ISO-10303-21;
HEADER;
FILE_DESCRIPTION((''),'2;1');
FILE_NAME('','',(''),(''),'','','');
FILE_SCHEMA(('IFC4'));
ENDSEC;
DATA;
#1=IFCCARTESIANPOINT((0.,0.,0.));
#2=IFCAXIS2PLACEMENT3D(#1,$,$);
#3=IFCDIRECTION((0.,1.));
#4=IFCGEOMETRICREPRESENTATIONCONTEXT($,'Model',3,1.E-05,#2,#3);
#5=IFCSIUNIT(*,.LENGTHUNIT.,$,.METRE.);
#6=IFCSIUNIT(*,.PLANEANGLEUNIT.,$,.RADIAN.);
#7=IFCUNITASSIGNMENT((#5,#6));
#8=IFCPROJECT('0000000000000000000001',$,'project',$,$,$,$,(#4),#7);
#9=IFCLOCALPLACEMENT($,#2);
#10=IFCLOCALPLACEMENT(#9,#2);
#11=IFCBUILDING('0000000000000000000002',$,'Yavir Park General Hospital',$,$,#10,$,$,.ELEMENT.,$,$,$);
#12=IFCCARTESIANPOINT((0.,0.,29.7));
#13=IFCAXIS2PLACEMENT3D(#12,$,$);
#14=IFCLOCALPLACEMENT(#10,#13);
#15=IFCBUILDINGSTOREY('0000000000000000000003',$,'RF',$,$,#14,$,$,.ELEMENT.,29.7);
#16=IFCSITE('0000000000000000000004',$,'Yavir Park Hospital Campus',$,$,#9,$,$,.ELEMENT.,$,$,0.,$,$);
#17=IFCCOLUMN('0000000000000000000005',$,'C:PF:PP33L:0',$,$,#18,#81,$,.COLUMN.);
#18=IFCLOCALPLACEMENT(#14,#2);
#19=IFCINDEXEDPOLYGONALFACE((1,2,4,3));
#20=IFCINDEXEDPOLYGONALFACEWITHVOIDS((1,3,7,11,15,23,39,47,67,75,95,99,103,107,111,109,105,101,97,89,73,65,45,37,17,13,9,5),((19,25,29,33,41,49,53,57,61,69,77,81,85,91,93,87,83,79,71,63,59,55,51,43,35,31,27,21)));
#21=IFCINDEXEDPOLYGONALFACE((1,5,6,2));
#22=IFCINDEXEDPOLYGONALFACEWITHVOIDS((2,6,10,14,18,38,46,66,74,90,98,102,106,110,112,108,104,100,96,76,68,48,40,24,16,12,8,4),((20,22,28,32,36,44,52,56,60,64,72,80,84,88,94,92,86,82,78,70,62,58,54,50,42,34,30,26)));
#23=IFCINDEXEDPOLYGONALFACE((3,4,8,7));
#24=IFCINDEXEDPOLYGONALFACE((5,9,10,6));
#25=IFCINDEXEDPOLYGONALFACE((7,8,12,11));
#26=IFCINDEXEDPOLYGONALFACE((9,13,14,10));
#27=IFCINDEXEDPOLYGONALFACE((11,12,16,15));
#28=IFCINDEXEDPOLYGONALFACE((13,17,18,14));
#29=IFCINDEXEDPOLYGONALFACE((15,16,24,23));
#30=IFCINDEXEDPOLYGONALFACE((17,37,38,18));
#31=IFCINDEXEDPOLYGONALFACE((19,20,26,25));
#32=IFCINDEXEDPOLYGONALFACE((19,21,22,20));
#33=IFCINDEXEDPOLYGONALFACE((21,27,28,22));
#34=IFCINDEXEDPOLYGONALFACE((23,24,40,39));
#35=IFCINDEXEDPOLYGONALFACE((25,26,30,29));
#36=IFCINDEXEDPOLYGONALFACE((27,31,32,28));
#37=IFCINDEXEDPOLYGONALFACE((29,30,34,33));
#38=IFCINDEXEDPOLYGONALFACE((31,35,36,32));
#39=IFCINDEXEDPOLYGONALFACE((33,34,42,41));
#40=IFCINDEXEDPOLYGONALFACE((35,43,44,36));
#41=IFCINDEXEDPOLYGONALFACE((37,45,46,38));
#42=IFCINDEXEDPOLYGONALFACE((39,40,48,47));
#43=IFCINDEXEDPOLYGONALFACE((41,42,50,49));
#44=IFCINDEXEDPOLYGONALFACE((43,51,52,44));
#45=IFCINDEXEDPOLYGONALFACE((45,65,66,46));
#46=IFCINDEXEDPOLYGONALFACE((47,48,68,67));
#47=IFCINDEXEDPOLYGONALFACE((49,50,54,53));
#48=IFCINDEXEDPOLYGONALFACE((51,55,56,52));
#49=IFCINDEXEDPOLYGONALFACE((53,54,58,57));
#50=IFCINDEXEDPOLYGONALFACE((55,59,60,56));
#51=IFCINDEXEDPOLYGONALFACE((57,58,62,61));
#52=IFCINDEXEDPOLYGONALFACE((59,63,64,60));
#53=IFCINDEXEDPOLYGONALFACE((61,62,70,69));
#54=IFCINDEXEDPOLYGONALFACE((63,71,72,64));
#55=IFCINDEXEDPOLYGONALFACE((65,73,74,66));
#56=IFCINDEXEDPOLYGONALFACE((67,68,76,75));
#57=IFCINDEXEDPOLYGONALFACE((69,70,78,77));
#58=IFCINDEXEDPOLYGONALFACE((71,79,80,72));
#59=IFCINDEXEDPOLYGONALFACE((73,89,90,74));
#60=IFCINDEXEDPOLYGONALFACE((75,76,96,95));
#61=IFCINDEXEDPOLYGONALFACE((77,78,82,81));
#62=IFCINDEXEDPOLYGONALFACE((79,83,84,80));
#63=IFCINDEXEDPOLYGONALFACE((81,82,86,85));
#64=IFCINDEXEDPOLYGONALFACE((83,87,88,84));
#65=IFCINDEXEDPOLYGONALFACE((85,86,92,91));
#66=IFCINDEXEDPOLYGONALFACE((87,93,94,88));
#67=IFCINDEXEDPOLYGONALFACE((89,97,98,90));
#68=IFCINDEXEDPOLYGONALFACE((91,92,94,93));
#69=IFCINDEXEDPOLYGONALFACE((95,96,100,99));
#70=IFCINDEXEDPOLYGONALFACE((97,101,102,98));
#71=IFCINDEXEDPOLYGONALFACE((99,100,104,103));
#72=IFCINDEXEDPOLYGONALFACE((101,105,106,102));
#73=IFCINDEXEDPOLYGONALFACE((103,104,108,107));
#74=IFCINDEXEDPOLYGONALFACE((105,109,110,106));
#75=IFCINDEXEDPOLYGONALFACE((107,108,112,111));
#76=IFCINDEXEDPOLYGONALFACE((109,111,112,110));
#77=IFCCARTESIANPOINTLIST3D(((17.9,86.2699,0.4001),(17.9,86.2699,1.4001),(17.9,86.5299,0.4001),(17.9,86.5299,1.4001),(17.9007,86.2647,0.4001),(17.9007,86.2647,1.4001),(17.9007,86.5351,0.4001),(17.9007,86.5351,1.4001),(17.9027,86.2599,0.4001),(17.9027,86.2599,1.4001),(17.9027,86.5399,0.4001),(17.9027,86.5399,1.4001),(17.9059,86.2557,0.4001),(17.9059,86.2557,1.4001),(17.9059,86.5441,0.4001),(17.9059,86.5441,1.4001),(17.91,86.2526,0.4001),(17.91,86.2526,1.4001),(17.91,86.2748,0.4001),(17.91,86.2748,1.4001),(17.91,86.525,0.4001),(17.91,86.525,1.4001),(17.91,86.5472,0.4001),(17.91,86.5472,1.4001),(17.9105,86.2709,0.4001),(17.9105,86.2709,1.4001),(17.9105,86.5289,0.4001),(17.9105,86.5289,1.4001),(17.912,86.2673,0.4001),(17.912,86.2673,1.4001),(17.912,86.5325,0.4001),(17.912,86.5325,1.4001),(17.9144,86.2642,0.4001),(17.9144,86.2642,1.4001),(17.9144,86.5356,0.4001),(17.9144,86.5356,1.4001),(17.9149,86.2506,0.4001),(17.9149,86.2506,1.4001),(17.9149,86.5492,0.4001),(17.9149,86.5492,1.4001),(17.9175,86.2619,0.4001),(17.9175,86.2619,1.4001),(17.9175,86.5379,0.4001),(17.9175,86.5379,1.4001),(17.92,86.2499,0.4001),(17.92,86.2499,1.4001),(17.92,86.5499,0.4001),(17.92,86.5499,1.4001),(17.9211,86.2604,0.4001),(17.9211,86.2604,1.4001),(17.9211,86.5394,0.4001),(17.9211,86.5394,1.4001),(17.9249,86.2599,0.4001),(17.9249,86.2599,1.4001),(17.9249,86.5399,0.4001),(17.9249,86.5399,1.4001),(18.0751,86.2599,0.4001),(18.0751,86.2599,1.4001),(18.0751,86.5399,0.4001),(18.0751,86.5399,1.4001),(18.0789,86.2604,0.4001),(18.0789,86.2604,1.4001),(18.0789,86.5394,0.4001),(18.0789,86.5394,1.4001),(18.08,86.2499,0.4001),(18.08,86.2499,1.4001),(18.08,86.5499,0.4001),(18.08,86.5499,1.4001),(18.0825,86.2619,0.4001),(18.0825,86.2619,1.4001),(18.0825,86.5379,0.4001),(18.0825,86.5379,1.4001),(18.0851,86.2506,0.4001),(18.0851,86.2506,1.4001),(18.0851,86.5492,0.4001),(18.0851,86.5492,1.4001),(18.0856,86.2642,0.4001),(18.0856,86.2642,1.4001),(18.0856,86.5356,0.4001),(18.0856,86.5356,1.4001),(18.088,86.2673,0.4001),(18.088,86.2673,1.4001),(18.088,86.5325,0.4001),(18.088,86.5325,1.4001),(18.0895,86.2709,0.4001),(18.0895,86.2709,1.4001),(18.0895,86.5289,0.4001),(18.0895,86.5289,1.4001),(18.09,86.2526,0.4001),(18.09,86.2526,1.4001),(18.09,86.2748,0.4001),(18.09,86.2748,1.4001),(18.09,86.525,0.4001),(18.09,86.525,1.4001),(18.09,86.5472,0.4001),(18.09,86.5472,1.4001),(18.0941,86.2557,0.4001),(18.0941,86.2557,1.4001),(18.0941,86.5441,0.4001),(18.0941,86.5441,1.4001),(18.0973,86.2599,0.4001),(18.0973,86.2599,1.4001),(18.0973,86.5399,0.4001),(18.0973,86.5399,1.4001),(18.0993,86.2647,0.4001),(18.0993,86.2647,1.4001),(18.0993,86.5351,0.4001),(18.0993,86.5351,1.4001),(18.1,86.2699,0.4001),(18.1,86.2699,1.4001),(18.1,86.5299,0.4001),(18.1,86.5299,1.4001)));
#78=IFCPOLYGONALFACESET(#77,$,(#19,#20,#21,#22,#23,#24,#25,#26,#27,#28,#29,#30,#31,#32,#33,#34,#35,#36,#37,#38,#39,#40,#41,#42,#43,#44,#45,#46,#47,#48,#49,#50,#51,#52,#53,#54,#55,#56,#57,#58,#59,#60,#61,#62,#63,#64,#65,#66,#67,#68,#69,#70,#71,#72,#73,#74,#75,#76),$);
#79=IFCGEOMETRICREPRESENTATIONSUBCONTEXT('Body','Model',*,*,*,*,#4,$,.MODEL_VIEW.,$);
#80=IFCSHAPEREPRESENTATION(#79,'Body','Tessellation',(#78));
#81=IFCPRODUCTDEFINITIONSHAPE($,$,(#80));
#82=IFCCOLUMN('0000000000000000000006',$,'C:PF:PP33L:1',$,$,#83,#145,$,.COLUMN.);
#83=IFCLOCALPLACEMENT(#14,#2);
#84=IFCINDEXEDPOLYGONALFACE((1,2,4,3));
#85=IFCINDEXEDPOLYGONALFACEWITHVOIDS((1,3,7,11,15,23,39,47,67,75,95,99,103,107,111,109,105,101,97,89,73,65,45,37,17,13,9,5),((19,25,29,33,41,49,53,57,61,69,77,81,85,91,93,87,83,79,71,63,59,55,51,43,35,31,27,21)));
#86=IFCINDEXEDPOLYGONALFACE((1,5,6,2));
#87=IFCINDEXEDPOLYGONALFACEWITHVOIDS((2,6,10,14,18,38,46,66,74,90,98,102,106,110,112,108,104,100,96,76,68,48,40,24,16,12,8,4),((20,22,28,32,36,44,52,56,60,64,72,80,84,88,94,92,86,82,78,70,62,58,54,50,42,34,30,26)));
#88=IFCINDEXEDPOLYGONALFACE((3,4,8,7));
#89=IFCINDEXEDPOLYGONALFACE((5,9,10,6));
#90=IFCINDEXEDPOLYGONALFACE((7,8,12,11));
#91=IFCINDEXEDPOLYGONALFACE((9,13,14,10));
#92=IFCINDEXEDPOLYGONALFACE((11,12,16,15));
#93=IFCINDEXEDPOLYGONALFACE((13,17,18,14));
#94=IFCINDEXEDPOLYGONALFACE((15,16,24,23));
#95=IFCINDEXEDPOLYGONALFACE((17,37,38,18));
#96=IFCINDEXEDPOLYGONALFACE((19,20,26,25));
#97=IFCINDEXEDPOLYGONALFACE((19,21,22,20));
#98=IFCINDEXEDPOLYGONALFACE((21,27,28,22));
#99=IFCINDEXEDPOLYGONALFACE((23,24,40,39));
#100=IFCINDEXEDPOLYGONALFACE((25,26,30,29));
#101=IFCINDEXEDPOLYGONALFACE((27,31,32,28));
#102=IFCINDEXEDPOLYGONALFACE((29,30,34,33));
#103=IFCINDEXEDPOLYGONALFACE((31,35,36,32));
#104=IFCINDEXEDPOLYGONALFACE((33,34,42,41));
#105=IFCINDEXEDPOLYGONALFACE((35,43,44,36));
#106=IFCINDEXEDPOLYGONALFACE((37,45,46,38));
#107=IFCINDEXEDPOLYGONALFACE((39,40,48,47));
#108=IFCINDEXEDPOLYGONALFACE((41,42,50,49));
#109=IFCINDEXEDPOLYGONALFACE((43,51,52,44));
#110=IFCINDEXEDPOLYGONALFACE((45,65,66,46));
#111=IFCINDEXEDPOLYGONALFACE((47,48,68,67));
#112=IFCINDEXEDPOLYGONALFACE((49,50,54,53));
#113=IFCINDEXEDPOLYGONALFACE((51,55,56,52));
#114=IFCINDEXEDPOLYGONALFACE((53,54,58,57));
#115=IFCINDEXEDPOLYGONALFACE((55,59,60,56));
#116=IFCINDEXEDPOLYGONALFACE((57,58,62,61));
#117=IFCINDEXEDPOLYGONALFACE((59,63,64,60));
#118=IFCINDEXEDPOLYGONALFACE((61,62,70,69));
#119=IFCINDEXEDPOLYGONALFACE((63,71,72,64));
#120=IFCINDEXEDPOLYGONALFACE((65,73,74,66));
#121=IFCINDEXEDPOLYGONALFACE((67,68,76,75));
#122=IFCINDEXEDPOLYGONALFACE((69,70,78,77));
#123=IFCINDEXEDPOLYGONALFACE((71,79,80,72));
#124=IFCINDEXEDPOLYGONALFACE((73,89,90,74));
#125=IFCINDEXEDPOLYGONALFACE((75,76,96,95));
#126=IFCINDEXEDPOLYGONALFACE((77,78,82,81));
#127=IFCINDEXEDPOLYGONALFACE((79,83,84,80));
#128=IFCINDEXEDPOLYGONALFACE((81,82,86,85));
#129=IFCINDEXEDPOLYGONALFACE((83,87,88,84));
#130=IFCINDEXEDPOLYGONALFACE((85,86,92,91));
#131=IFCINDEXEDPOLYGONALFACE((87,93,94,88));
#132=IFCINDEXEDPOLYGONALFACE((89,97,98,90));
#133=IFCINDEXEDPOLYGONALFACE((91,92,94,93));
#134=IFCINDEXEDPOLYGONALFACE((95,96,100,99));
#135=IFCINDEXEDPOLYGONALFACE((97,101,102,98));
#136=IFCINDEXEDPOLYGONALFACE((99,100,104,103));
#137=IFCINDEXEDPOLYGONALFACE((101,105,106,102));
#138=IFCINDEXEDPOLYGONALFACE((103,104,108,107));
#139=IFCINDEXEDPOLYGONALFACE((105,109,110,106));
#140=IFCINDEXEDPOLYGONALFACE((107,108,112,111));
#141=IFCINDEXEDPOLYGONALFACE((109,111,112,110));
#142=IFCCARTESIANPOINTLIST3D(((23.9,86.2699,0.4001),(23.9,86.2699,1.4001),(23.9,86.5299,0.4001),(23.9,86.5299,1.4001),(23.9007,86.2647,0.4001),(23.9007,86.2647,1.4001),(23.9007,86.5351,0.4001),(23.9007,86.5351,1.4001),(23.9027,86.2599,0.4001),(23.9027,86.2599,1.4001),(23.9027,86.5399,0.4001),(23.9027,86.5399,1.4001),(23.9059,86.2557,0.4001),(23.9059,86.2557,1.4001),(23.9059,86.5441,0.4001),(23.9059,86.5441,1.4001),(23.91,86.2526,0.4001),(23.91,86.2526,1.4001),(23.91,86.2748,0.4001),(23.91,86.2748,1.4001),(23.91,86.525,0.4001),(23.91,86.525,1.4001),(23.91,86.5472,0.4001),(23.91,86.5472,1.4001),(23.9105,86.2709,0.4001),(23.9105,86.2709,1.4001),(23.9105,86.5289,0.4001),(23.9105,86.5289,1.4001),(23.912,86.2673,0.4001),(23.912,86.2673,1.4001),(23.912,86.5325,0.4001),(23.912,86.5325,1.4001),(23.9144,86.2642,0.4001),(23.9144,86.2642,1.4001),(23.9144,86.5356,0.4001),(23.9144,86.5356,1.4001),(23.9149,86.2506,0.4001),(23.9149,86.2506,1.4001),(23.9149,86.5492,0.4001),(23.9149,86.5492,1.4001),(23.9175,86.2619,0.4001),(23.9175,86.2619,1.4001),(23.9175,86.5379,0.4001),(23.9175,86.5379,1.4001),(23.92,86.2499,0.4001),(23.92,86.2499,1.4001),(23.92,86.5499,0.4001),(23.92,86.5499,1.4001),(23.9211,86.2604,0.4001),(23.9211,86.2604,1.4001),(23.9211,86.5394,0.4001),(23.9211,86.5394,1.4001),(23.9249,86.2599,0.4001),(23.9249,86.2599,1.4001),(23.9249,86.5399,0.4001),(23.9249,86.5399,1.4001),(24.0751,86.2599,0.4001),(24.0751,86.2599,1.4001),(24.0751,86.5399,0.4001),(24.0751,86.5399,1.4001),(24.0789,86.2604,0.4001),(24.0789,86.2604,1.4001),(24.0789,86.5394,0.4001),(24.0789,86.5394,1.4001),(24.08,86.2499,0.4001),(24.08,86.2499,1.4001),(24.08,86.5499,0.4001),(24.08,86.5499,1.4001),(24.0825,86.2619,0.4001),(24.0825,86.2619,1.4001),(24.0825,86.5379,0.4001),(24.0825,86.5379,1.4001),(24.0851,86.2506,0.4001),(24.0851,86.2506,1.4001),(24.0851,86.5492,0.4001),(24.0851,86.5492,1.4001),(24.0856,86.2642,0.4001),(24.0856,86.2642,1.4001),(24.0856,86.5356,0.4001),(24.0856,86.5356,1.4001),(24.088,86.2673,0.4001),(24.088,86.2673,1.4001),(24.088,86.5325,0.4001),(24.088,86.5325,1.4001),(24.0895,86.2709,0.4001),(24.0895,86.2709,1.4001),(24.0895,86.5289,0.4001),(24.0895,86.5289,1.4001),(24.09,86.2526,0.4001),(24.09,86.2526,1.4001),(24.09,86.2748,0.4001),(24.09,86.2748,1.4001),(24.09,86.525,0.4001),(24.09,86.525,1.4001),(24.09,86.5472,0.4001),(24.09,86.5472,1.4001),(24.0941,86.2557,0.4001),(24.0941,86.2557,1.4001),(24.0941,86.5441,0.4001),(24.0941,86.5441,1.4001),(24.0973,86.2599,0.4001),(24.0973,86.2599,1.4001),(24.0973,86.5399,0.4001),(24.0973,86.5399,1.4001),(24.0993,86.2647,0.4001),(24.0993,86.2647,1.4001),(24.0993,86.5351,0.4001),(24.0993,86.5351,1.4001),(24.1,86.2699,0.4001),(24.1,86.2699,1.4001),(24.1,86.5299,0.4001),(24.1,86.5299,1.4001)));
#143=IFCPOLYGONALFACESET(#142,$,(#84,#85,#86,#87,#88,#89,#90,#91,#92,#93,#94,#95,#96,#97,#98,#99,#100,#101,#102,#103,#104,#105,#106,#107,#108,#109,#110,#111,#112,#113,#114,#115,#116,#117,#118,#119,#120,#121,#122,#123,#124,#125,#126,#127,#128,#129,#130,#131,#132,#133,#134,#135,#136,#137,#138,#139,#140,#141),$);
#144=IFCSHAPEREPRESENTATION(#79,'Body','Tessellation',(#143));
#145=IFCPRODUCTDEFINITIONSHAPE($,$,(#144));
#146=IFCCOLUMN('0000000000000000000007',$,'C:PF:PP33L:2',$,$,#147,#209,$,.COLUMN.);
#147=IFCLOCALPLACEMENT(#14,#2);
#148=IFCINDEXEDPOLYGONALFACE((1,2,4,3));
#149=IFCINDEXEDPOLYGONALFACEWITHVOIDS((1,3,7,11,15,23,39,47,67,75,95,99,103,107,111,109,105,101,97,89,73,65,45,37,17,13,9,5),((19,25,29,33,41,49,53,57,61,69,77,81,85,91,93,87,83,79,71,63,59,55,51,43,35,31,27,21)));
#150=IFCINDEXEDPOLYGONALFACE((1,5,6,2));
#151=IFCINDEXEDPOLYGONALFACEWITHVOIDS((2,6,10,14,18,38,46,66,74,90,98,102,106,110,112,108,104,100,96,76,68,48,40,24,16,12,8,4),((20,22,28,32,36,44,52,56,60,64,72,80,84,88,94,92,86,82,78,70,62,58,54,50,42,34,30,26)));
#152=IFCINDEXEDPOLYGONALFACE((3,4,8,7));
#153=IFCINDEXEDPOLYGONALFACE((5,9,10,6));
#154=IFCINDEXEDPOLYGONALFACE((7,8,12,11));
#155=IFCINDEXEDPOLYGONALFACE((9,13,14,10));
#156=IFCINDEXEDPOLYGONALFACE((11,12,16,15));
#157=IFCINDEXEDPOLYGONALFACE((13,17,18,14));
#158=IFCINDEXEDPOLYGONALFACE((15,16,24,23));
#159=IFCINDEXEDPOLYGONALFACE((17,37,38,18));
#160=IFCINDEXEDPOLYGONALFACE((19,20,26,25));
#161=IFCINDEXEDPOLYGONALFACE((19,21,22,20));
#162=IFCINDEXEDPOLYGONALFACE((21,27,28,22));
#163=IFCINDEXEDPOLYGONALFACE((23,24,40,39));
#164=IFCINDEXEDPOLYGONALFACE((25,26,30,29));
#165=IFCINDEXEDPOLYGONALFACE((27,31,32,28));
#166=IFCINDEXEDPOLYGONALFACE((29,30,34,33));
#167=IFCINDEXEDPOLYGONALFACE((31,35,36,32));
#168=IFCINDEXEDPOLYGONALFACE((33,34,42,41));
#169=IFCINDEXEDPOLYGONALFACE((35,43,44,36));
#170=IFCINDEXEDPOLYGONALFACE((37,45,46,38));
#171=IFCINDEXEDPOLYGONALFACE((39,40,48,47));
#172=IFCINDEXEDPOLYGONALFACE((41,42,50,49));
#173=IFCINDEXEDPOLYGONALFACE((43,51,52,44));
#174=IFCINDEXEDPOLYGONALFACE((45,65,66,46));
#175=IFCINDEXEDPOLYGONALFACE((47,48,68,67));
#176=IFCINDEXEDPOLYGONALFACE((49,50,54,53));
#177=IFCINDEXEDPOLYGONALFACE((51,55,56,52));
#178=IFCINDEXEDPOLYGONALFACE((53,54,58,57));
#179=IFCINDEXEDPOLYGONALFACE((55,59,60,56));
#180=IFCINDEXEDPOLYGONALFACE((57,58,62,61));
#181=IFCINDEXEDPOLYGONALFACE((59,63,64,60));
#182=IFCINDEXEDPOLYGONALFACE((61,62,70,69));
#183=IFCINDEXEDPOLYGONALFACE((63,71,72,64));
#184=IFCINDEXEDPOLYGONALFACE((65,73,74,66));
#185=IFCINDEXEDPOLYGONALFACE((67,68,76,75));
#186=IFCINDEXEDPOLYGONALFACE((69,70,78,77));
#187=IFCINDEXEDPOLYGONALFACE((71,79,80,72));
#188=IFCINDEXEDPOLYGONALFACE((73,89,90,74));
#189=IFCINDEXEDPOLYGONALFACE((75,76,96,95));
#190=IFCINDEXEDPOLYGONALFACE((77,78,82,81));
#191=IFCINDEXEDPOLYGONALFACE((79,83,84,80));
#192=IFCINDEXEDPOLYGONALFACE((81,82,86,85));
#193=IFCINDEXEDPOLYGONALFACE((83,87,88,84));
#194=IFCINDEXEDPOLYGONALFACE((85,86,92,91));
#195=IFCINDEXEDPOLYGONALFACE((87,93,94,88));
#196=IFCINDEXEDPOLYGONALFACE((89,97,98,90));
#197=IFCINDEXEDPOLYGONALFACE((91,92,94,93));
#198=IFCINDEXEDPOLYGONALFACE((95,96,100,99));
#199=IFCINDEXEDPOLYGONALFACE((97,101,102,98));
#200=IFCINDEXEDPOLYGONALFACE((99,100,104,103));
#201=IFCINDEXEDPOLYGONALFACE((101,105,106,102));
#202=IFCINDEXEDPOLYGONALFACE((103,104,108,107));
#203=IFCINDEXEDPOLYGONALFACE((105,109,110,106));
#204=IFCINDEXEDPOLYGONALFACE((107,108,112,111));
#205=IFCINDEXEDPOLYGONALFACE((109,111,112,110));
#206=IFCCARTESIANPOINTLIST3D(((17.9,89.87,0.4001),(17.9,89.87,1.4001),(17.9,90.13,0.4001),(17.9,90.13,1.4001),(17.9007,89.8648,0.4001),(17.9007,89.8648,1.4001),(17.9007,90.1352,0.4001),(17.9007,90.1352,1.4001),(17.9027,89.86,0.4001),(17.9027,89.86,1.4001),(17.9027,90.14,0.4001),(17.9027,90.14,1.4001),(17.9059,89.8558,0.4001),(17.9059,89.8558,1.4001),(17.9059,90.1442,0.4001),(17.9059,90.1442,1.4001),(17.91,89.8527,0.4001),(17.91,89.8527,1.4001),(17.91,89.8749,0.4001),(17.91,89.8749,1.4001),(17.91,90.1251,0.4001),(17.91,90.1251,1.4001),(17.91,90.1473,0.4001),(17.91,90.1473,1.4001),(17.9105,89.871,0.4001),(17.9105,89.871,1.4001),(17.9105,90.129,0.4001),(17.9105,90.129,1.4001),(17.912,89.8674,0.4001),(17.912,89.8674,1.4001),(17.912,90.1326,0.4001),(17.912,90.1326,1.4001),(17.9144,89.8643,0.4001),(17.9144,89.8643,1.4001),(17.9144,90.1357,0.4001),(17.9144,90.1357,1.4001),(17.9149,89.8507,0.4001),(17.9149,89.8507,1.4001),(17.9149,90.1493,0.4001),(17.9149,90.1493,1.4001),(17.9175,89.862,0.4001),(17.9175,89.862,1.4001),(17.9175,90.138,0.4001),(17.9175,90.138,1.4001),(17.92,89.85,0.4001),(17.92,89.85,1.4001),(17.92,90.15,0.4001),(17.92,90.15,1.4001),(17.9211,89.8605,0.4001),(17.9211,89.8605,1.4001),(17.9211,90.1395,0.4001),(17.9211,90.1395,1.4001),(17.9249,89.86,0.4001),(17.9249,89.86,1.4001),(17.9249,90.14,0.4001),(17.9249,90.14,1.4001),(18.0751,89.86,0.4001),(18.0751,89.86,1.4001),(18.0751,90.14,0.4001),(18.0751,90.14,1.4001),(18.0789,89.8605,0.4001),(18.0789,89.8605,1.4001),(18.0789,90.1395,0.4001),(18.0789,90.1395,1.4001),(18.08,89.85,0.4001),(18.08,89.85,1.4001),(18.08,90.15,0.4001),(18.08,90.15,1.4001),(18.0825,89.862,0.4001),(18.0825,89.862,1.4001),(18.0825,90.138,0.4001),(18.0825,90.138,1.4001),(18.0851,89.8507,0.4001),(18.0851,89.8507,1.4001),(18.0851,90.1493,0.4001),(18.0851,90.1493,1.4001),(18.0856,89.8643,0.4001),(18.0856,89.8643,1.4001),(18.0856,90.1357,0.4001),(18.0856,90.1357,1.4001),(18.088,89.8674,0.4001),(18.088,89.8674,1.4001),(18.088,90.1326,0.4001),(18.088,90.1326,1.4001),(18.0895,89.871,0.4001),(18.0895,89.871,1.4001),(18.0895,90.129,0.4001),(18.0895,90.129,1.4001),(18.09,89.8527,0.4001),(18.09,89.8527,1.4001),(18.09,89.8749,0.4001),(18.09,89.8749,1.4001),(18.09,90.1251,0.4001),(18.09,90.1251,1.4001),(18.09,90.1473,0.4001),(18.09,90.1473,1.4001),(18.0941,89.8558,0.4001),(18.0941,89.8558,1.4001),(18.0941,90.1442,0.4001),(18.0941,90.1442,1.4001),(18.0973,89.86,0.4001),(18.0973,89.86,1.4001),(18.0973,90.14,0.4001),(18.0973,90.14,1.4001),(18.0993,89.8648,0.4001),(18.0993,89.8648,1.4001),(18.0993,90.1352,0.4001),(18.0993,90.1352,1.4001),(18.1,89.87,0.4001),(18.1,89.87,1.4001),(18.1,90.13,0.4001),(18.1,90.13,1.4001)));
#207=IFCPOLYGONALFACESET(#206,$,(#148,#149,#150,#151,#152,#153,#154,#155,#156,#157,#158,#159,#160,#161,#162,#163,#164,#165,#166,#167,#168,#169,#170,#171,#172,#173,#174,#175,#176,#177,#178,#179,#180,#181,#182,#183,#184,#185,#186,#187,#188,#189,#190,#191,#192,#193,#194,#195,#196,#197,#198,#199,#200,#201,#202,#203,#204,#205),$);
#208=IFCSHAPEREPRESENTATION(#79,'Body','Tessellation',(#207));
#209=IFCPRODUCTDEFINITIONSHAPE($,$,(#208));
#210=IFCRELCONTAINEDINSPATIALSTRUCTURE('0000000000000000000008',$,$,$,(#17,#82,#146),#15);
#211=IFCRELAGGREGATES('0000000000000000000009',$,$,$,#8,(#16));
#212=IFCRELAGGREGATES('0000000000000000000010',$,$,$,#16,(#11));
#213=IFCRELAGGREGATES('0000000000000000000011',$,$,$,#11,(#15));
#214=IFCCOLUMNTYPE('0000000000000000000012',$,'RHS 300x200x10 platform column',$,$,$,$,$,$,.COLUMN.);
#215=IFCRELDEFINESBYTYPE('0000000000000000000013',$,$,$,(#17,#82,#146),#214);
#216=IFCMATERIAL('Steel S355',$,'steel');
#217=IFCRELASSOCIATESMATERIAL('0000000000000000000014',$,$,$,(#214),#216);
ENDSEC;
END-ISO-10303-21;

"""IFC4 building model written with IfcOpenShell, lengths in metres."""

from ifc_helpers import new_model, si_unit, direction, frame, origin, origin_2d, place, context, subcontext, project, spatial, hollow_rectangle, extrude, material, material_profile, profile_set, type_object, element, save


model = new_model("IFC4")

# Units and contexts
model_context = context("Model", 3, precision=1e-05, world=origin(), true_north=direction((0.0, 1.0)))
body_context = subcontext(model_context, "Body", "Model", "MODEL_VIEW")
ifc_project = project(units=[si_unit("LENGTHUNIT", "METRE"), si_unit("PLANEANGLEUNIT", "RADIAN")], contexts=[model_context])

# Site, building, storey
site_placement = place(None, origin())
site = spatial("IfcSite", under=ifc_project, at=site_placement, Name="Yavir Park Hospital Campus", CompositionType="ELEMENT", RefElevation=0.0)
building_placement = place(site_placement, origin())
building = spatial("IfcBuilding", under=site, at=building_placement, Name="Yavir Park General Hospital", CompositionType="ELEMENT")
storey_placement = place(building_placement, frame((0.0, 0.0, 29.7)))
storey = spatial("IfcBuildingStorey", under=building, at=storey_placement, Name="RF", CompositionType="ELEMENT", Elevation=29.7)

# Columns
ifc_material_1 = material(Name="Steel S355", Category="steel")
ifc_material_profile_1 = material_profile(ifc_material_1, hollow_rectangle(XDim=0.2, YDim=0.3, WallThickness=0.01, InnerFilletRadius=0.0149, OuterFilletRadius=0.02, at=origin_2d()), Name="RHS300x200x10")
ifc_profile_set_1 = profile_set([ifc_material_profile_1], Name="Steel S355")
column_type_1 = type_object("IfcColumnType", Name="RHS 300x200x10 platform column", PredefinedType="COLUMN", material=ifc_profile_set_1)
for number, where, z_axis, x_axis, name in (
    (1, (18.0, 86.3999, 0.4001), (0.0, 0.0, 1.0), (1.0, 0.0, 0.0), "C:PF:PP33L:0"),
    (2, (24.0, 86.3999, 0.4001), (0.0, 0.0, 1.0), (1.0, 0.0, 0.0), "C:PF:PP33L:1"),
    (3, (18.0, 90.0, 0.4001), (0.0, 0.0, 1.0), (1.0, 0.0, 0.0), "C:PF:PP33L:2"),
):
    element("IfcColumn", number, at=place(storey_placement, frame(where, z_axis=z_axis, x_axis=x_axis)), inside=storey, type_object=column_type_1, Name=name, PredefinedType="COLUMN", context=body_context, shape_type="SweptSolid", body=[
        extrude(hollow_rectangle(XDim=0.2, YDim=0.3, WallThickness=0.01, InnerFilletRadius=0.0149, OuterFilletRadius=0.02, at=origin_2d()), origin(), (0.0, 0.0, 1.0), 1.0),
    ])

save(model, "model.ifc")
